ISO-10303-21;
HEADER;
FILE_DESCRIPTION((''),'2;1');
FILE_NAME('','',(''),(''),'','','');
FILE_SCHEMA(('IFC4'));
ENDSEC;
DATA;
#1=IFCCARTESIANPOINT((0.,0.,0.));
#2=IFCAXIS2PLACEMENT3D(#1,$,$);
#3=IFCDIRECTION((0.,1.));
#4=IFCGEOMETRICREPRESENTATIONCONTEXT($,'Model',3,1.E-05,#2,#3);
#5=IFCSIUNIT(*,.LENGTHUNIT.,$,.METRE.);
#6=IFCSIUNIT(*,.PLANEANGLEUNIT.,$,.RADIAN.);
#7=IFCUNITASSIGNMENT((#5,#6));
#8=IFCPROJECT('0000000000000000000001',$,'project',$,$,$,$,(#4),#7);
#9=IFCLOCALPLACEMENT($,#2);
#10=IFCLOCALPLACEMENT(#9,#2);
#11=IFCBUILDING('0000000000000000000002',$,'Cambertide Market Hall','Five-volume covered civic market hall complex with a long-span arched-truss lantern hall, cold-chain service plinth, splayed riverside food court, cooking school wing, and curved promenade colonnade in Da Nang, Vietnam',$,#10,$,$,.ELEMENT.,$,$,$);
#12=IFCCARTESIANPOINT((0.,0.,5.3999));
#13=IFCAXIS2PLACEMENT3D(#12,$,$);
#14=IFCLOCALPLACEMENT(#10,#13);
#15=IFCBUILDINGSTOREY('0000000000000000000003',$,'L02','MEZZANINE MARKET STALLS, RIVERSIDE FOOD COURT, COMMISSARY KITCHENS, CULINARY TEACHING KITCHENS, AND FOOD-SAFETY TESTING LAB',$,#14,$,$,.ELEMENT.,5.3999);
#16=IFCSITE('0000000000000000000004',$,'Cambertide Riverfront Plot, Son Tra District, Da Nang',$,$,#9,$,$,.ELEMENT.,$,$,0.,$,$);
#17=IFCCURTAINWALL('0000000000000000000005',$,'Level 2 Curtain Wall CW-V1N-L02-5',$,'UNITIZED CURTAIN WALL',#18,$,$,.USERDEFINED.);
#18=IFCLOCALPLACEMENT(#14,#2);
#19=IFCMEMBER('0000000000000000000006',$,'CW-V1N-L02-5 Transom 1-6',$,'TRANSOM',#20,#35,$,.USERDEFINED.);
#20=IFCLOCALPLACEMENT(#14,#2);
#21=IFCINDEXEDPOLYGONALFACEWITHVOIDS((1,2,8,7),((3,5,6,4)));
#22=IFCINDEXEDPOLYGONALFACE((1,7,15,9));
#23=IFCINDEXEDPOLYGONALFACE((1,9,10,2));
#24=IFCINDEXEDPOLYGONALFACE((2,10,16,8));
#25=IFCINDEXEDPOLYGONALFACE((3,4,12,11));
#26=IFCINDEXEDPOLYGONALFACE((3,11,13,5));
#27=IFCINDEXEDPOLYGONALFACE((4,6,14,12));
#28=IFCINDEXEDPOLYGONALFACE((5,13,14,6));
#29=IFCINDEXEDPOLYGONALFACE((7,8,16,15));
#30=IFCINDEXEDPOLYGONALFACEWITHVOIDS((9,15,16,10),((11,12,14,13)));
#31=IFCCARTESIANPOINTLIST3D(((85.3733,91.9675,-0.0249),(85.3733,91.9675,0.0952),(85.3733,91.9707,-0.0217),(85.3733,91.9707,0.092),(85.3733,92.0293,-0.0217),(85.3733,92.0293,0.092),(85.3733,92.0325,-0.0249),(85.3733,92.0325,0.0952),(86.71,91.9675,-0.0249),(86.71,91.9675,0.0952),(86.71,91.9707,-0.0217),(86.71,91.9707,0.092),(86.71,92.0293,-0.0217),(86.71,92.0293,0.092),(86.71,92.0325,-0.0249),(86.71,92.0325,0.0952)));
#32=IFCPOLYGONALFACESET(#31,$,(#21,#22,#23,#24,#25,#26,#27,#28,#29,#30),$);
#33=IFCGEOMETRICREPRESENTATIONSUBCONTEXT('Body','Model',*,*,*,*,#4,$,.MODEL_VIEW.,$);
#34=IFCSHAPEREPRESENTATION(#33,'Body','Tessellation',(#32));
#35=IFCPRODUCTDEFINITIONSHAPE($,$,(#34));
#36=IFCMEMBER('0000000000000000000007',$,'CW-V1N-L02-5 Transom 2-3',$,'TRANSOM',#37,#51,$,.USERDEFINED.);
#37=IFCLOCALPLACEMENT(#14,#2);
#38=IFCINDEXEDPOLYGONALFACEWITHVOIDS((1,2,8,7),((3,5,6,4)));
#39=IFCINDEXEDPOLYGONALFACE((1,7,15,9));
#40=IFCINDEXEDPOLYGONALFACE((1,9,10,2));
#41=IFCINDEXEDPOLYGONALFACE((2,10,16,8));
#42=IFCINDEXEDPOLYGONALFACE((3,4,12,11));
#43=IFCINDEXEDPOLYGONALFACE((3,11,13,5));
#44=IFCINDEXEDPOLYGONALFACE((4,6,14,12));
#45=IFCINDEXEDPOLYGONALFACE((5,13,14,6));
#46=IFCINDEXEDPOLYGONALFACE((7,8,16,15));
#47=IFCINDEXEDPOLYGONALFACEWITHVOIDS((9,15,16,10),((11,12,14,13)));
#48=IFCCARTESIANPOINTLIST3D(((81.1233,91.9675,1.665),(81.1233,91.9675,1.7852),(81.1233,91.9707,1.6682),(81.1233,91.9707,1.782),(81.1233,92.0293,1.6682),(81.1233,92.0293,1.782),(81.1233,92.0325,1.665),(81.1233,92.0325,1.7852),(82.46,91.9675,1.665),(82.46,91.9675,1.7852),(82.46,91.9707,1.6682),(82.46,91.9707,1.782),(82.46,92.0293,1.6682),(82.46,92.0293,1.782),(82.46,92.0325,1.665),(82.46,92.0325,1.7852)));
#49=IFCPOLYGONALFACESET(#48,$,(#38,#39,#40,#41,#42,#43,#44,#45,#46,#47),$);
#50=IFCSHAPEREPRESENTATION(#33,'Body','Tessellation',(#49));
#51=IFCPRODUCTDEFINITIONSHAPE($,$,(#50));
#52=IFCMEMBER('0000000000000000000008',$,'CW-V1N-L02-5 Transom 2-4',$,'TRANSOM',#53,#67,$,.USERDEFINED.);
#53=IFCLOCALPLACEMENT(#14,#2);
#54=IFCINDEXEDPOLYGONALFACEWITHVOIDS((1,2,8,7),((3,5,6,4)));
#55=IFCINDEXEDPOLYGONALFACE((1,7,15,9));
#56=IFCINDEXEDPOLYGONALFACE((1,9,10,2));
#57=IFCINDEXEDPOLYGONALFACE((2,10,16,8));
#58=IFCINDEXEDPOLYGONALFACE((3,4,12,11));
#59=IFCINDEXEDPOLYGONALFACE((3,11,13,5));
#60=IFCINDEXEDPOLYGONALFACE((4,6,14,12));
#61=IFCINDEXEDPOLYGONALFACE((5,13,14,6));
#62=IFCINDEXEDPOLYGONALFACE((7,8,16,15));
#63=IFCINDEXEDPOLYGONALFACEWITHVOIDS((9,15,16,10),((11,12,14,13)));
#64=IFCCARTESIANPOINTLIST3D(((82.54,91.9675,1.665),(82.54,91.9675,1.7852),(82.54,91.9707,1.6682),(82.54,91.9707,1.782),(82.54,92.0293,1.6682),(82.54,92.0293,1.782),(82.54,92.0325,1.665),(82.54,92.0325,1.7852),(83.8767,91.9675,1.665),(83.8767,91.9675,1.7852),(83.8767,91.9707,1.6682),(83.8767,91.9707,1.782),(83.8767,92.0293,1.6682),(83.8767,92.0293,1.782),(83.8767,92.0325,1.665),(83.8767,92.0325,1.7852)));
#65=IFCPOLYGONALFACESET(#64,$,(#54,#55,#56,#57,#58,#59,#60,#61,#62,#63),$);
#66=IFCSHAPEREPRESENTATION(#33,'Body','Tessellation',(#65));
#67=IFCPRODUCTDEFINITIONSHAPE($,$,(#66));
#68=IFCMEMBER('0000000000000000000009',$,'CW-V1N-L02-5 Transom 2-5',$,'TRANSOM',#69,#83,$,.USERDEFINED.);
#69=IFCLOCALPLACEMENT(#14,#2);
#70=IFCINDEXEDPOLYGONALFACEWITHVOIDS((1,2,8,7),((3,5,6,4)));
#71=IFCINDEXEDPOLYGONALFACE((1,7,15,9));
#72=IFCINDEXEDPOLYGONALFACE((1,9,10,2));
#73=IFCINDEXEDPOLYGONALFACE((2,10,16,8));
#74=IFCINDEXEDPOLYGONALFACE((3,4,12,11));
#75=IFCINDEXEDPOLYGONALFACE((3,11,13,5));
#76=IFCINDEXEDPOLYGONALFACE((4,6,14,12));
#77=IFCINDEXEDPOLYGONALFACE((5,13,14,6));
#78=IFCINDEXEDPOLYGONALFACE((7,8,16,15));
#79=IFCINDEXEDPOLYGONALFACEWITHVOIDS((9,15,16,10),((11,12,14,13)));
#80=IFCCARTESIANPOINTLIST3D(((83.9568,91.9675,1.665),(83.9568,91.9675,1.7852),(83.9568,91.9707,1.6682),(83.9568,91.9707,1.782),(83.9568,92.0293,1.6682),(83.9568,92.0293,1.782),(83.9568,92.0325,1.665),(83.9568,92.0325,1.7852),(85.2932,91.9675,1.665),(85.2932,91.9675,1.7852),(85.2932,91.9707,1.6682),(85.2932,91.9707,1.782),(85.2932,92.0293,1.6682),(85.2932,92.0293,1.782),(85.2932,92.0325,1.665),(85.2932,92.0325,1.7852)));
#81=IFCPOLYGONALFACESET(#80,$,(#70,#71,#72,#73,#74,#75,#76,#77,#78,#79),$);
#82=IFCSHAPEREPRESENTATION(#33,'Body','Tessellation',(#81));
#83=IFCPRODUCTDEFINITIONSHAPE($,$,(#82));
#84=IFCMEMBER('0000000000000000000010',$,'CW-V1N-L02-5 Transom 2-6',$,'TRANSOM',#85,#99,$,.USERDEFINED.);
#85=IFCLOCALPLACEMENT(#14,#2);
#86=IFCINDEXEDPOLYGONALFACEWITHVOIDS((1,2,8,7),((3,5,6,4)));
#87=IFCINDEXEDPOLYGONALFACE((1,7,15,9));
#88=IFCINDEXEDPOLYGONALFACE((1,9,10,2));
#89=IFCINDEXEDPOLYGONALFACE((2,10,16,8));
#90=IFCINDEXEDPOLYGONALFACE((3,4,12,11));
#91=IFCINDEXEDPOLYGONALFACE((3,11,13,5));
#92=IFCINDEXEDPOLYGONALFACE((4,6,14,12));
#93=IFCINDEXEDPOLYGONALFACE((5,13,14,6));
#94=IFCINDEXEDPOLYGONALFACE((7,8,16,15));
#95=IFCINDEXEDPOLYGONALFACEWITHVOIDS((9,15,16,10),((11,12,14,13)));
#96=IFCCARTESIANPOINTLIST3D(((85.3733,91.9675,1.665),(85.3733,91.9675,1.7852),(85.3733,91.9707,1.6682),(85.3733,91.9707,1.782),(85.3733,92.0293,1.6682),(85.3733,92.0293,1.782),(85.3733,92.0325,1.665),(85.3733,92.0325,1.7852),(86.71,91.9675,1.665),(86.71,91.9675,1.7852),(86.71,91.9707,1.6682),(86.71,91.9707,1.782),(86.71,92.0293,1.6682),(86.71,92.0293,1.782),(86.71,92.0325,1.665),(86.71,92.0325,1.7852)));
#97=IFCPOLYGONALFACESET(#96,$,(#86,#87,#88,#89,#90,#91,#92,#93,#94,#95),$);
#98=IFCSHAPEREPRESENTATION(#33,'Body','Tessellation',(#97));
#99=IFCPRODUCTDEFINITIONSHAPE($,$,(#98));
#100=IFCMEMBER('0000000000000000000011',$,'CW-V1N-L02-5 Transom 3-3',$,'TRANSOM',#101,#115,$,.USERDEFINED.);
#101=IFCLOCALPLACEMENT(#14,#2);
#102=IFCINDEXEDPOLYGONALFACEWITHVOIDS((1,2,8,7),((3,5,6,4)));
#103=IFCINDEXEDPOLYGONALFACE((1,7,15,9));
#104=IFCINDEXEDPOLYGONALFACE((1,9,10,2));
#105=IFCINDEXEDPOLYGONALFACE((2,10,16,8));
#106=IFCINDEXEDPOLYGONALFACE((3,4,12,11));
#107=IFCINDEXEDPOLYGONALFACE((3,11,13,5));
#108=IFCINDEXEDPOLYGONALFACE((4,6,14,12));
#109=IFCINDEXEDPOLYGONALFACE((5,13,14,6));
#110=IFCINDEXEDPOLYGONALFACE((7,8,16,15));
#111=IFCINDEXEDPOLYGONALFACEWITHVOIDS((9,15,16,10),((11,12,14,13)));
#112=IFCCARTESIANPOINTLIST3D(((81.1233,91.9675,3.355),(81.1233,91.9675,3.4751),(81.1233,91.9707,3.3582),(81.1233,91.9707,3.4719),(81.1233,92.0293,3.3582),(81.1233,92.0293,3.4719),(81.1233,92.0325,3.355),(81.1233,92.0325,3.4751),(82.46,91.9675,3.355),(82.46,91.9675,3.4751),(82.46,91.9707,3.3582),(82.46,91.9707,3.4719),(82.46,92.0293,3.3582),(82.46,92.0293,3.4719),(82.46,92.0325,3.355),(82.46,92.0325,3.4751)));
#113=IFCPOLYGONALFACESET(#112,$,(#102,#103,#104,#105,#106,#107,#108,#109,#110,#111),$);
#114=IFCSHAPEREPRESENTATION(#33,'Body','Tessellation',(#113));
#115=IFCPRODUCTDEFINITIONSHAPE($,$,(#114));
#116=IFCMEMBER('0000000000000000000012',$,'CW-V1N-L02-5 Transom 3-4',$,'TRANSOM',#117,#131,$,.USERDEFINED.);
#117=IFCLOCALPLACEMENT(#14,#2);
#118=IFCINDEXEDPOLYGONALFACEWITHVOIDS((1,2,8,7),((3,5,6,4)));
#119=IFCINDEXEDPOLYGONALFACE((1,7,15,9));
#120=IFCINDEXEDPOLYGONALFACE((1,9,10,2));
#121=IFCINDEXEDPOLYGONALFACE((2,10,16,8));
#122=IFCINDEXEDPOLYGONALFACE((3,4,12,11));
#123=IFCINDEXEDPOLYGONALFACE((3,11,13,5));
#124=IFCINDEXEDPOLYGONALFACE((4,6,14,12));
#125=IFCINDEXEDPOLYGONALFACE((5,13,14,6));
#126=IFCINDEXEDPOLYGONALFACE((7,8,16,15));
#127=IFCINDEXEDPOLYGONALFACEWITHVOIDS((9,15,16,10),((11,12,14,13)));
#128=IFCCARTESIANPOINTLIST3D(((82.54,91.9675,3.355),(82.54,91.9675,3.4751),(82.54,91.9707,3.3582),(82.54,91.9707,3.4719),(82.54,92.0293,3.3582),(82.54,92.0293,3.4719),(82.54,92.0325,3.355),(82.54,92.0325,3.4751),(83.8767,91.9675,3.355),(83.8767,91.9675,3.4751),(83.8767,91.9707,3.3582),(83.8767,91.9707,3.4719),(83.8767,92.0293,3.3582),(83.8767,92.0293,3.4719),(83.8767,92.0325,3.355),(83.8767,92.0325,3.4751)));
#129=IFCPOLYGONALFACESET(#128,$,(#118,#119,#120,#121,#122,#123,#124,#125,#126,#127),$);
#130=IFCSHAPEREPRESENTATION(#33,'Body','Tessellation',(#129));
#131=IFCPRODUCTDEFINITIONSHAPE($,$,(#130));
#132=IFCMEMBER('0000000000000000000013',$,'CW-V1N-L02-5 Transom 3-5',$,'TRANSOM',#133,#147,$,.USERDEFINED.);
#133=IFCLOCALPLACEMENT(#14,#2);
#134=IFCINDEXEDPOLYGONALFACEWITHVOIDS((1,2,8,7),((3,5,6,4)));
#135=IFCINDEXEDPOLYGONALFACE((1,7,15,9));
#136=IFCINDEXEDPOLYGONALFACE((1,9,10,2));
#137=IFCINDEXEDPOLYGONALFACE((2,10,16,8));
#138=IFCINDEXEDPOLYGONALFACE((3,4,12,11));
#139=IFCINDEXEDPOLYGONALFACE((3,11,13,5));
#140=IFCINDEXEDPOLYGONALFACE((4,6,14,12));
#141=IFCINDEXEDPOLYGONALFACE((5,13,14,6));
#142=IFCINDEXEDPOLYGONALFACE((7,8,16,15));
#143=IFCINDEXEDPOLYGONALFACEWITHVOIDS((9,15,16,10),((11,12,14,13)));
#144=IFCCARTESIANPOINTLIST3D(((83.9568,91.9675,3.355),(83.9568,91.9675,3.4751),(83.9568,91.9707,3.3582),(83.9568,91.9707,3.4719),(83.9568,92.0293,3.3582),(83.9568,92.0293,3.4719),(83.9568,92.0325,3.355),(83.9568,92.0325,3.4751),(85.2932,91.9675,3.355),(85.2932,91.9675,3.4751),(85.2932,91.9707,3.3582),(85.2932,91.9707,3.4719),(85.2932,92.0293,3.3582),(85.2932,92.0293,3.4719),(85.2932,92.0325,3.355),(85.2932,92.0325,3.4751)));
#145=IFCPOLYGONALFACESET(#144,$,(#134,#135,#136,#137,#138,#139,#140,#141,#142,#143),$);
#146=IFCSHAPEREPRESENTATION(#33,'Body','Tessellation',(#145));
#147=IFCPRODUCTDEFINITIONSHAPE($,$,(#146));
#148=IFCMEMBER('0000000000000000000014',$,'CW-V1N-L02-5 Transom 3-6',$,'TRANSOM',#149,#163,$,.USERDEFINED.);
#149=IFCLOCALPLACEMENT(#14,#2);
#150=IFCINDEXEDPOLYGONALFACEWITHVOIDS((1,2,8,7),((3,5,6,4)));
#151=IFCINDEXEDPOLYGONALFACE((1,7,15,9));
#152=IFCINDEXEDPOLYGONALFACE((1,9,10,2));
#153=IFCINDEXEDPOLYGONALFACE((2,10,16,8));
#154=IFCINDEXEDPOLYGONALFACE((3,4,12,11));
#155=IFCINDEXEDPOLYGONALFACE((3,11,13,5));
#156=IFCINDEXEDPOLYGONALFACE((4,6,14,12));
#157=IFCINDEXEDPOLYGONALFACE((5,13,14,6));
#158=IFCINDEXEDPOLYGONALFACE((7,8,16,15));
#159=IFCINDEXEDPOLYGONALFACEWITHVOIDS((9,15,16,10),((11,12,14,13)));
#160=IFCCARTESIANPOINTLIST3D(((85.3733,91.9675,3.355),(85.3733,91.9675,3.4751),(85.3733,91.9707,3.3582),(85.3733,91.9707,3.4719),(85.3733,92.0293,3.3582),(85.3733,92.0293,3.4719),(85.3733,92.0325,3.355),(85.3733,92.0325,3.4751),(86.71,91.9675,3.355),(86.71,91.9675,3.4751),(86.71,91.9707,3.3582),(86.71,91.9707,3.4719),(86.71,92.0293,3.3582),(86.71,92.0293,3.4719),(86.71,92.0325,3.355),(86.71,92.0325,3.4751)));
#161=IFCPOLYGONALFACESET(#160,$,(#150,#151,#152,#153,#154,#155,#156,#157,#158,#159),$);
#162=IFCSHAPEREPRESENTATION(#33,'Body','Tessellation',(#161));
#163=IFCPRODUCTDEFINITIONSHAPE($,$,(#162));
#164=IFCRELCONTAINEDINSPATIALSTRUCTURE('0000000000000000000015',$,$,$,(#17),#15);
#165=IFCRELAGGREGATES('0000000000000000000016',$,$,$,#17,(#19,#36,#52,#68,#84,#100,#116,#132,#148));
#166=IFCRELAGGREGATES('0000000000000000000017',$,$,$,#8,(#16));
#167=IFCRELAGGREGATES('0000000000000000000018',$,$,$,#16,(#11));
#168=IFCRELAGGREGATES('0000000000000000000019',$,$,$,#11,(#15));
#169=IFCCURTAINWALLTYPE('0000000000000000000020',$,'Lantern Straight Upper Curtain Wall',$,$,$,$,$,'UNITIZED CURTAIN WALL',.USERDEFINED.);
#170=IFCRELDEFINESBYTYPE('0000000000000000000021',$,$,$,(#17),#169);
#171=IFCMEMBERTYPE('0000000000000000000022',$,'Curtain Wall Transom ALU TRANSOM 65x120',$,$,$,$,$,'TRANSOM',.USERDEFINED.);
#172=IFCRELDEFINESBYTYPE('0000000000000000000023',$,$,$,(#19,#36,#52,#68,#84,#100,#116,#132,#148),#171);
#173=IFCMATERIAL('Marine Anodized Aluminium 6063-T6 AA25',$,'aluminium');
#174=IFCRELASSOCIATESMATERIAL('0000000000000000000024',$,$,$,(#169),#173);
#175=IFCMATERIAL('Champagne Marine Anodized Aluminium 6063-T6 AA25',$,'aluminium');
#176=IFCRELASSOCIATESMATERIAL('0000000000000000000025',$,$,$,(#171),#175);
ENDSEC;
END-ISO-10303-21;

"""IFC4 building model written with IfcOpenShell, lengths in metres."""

from ifc_helpers import new_model, si_unit, direction, frame, origin, origin_2d, place, context, subcontext, project, spatial, hollow_rectangle, extrude, material, material_profile, profile_set, type_object, element, aggregate, save


model = new_model("IFC4")

# Units and contexts
model_context = context("Model", 3, precision=1e-05, world=origin(), true_north=direction((0.0, 1.0)))
body_context = subcontext(model_context, "Body", "Model", "MODEL_VIEW")
ifc_project = project(units=[si_unit("LENGTHUNIT", "METRE"), si_unit("PLANEANGLEUNIT", "RADIAN")], contexts=[model_context])

# Site, building, storey
site_placement = place(None, origin())
site = spatial("IfcSite", under=ifc_project, at=site_placement, Name="Cambertide Riverfront Plot, Son Tra District, Da Nang", CompositionType="ELEMENT", RefElevation=0.0)
building_placement = place(site_placement, origin())
building = spatial("IfcBuilding", under=site, at=building_placement, Name="Cambertide Market Hall", Description="Five-volume covered civic market hall complex with a long-span arched-truss lantern hall, cold-chain service plinth, splayed riverside food court, cooking school wing, and curved promenade colonnade in Da Nang, Vietnam", CompositionType="ELEMENT")
storey_placement = place(building_placement, frame((0.0, 0.0, 5.3999)))
storey = spatial("IfcBuildingStorey", under=building, at=storey_placement, Name="L02", Description="MEZZANINE MARKET STALLS, RIVERSIDE FOOD COURT, COMMISSARY KITCHENS, CULINARY TEACHING KITCHENS, AND FOOD-SAFETY TESTING LAB", CompositionType="ELEMENT", Elevation=5.3999)

# Curtain wall, members
ifc_material_1 = material(Name="Marine Anodized Aluminium 6063-T6 AA25", Category="aluminium")
curtain_wall_type = type_object("IfcCurtainWallType", Name="Lantern Straight Upper Curtain Wall", ElementType="UNITIZED CURTAIN WALL", PredefinedType="USERDEFINED", material=ifc_material_1)
curtain_wall_placement = place(storey_placement, origin())
curtain_wall = element("IfcCurtainWall", 1, at=curtain_wall_placement, inside=storey, type_object=curtain_wall_type, Name="Level 2 Curtain Wall CW-V1N-L02-5", ObjectType="UNITIZED CURTAIN WALL", PredefinedType="USERDEFINED")
ifc_material_2 = material(Name="Champagne Marine Anodized Aluminium 6063-T6 AA25", Category="aluminium")
ifc_material_profile_1 = material_profile(ifc_material_2, hollow_rectangle(XDim=0.0649, YDim=0.1201, WallThickness=0.0032, at=origin_2d()), Name="ALU TRANSOM 65x120")
ifc_profile_set_1 = profile_set([ifc_material_profile_1], Name="Champagne Marine Anodized Aluminium 6063-T6 AA25")
member_type_1 = type_object("IfcMemberType", Name="Curtain Wall Transom ALU TRANSOM 65x120", ElementType="TRANSOM", PredefinedType="USERDEFINED", material=ifc_profile_set_1)
member_1_placement = place(storey_placement, frame((85.3733, 92.0, 0.0352), z_axis=(1.0, 0.0, 0.0), x_axis=(0.0, 1.0, 0.0)))
member_1 = element("IfcMember", 2, at=member_1_placement, type_object=member_type_1, Name="CW-V1N-L02-5 Transom 1-6", ObjectType="TRANSOM", PredefinedType="USERDEFINED", context=body_context, shape_type="SweptSolid", body=[
    extrude(hollow_rectangle(XDim=0.0649, YDim=0.1201, WallThickness=0.0032, at=origin_2d()), origin(), (0.0, 0.0, 1.0), 1.3367),
])
member_2_placement = place(storey_placement, frame((81.1233, 92.0, 1.7251), z_axis=(1.0, 0.0, 0.0), x_axis=(0.0, 1.0, 0.0)))
member_2 = element("IfcMember", 3, at=member_2_placement, type_object=member_type_1, Name="CW-V1N-L02-5 Transom 2-3", ObjectType="TRANSOM", PredefinedType="USERDEFINED", context=body_context, shape_type="SweptSolid", body=[
    extrude(hollow_rectangle(XDim=0.0649, YDim=0.1201, WallThickness=0.0032, at=origin_2d()), origin(), (0.0, 0.0, 1.0), 1.3367),
])
member_3_placement = place(storey_placement, frame((82.54, 92.0, 1.7251), z_axis=(1.0, 0.0, 0.0), x_axis=(0.0, 1.0, 0.0)))
member_3 = element("IfcMember", 4, at=member_3_placement, type_object=member_type_1, Name="CW-V1N-L02-5 Transom 2-4", ObjectType="TRANSOM", PredefinedType="USERDEFINED", context=body_context, shape_type="SweptSolid", body=[
    extrude(hollow_rectangle(XDim=0.0649, YDim=0.1201, WallThickness=0.0032, at=origin_2d()), origin(), (0.0, 0.0, 1.0), 1.3367),
])
member_4_placement = place(storey_placement, frame((83.9568, 92.0, 1.7251), z_axis=(1.0, 0.0, 0.0), x_axis=(0.0, 1.0, 0.0)))
member_4 = element("IfcMember", 5, at=member_4_placement, type_object=member_type_1, Name="CW-V1N-L02-5 Transom 2-5", ObjectType="TRANSOM", PredefinedType="USERDEFINED", context=body_context, shape_type="SweptSolid", body=[
    extrude(hollow_rectangle(XDim=0.0649, YDim=0.1201, WallThickness=0.0032, at=origin_2d()), origin(), (0.0, 0.0, 1.0), 1.3364),
])
member_5_placement = place(storey_placement, frame((85.3733, 92.0, 1.7251), z_axis=(1.0, 0.0, 0.0), x_axis=(0.0, 1.0, 0.0)))
member_5 = element("IfcMember", 6, at=member_5_placement, type_object=member_type_1, Name="CW-V1N-L02-5 Transom 2-6", ObjectType="TRANSOM", PredefinedType="USERDEFINED", context=body_context, shape_type="SweptSolid", body=[
    extrude(hollow_rectangle(XDim=0.0649, YDim=0.1201, WallThickness=0.0032, at=origin_2d()), origin(), (0.0, 0.0, 1.0), 1.3367),
])
member_6_placement = place(storey_placement, frame((81.1233, 92.0, 3.415), z_axis=(1.0, 0.0, 0.0), x_axis=(0.0, 1.0, 0.0)))
member_6 = element("IfcMember", 7, at=member_6_placement, type_object=member_type_1, Name="CW-V1N-L02-5 Transom 3-3", ObjectType="TRANSOM", PredefinedType="USERDEFINED", context=body_context, shape_type="SweptSolid", body=[
    extrude(hollow_rectangle(XDim=0.0649, YDim=0.1201, WallThickness=0.0032, at=origin_2d()), origin(), (0.0, 0.0, 1.0), 1.3367),
])
member_7_placement = place(storey_placement, frame((82.54, 92.0, 3.415), z_axis=(1.0, 0.0, 0.0), x_axis=(0.0, 1.0, 0.0)))
member_7 = element("IfcMember", 8, at=member_7_placement, type_object=member_type_1, Name="CW-V1N-L02-5 Transom 3-4", ObjectType="TRANSOM", PredefinedType="USERDEFINED", context=body_context, shape_type="SweptSolid", body=[
    extrude(hollow_rectangle(XDim=0.0649, YDim=0.1201, WallThickness=0.0032, at=origin_2d()), origin(), (0.0, 0.0, 1.0), 1.3367),
])
member_8_placement = place(storey_placement, frame((83.9568, 92.0, 3.415), z_axis=(1.0, 0.0, 0.0), x_axis=(0.0, 1.0, 0.0)))
member_8 = element("IfcMember", 9, at=member_8_placement, type_object=member_type_1, Name="CW-V1N-L02-5 Transom 3-5", ObjectType="TRANSOM", PredefinedType="USERDEFINED", context=body_context, shape_type="SweptSolid", body=[
    extrude(hollow_rectangle(XDim=0.0649, YDim=0.1201, WallThickness=0.0032, at=origin_2d()), origin(), (0.0, 0.0, 1.0), 1.3364),
])
member_9_placement = place(storey_placement, frame((85.3733, 92.0, 3.415), z_axis=(1.0, 0.0, 0.0), x_axis=(0.0, 1.0, 0.0)))
member_9 = element("IfcMember", 10, at=member_9_placement, type_object=member_type_1, Name="CW-V1N-L02-5 Transom 3-6", ObjectType="TRANSOM", PredefinedType="USERDEFINED", context=body_context, shape_type="SweptSolid", body=[
    extrude(hollow_rectangle(XDim=0.0649, YDim=0.1201, WallThickness=0.0032, at=origin_2d()), origin(), (0.0, 0.0, 1.0), 1.3367),
])

aggregate(curtain_wall, [member_1, member_2, member_3, member_4, member_5, member_6, member_7, member_8, member_9])

save(model, "model.ifc")
